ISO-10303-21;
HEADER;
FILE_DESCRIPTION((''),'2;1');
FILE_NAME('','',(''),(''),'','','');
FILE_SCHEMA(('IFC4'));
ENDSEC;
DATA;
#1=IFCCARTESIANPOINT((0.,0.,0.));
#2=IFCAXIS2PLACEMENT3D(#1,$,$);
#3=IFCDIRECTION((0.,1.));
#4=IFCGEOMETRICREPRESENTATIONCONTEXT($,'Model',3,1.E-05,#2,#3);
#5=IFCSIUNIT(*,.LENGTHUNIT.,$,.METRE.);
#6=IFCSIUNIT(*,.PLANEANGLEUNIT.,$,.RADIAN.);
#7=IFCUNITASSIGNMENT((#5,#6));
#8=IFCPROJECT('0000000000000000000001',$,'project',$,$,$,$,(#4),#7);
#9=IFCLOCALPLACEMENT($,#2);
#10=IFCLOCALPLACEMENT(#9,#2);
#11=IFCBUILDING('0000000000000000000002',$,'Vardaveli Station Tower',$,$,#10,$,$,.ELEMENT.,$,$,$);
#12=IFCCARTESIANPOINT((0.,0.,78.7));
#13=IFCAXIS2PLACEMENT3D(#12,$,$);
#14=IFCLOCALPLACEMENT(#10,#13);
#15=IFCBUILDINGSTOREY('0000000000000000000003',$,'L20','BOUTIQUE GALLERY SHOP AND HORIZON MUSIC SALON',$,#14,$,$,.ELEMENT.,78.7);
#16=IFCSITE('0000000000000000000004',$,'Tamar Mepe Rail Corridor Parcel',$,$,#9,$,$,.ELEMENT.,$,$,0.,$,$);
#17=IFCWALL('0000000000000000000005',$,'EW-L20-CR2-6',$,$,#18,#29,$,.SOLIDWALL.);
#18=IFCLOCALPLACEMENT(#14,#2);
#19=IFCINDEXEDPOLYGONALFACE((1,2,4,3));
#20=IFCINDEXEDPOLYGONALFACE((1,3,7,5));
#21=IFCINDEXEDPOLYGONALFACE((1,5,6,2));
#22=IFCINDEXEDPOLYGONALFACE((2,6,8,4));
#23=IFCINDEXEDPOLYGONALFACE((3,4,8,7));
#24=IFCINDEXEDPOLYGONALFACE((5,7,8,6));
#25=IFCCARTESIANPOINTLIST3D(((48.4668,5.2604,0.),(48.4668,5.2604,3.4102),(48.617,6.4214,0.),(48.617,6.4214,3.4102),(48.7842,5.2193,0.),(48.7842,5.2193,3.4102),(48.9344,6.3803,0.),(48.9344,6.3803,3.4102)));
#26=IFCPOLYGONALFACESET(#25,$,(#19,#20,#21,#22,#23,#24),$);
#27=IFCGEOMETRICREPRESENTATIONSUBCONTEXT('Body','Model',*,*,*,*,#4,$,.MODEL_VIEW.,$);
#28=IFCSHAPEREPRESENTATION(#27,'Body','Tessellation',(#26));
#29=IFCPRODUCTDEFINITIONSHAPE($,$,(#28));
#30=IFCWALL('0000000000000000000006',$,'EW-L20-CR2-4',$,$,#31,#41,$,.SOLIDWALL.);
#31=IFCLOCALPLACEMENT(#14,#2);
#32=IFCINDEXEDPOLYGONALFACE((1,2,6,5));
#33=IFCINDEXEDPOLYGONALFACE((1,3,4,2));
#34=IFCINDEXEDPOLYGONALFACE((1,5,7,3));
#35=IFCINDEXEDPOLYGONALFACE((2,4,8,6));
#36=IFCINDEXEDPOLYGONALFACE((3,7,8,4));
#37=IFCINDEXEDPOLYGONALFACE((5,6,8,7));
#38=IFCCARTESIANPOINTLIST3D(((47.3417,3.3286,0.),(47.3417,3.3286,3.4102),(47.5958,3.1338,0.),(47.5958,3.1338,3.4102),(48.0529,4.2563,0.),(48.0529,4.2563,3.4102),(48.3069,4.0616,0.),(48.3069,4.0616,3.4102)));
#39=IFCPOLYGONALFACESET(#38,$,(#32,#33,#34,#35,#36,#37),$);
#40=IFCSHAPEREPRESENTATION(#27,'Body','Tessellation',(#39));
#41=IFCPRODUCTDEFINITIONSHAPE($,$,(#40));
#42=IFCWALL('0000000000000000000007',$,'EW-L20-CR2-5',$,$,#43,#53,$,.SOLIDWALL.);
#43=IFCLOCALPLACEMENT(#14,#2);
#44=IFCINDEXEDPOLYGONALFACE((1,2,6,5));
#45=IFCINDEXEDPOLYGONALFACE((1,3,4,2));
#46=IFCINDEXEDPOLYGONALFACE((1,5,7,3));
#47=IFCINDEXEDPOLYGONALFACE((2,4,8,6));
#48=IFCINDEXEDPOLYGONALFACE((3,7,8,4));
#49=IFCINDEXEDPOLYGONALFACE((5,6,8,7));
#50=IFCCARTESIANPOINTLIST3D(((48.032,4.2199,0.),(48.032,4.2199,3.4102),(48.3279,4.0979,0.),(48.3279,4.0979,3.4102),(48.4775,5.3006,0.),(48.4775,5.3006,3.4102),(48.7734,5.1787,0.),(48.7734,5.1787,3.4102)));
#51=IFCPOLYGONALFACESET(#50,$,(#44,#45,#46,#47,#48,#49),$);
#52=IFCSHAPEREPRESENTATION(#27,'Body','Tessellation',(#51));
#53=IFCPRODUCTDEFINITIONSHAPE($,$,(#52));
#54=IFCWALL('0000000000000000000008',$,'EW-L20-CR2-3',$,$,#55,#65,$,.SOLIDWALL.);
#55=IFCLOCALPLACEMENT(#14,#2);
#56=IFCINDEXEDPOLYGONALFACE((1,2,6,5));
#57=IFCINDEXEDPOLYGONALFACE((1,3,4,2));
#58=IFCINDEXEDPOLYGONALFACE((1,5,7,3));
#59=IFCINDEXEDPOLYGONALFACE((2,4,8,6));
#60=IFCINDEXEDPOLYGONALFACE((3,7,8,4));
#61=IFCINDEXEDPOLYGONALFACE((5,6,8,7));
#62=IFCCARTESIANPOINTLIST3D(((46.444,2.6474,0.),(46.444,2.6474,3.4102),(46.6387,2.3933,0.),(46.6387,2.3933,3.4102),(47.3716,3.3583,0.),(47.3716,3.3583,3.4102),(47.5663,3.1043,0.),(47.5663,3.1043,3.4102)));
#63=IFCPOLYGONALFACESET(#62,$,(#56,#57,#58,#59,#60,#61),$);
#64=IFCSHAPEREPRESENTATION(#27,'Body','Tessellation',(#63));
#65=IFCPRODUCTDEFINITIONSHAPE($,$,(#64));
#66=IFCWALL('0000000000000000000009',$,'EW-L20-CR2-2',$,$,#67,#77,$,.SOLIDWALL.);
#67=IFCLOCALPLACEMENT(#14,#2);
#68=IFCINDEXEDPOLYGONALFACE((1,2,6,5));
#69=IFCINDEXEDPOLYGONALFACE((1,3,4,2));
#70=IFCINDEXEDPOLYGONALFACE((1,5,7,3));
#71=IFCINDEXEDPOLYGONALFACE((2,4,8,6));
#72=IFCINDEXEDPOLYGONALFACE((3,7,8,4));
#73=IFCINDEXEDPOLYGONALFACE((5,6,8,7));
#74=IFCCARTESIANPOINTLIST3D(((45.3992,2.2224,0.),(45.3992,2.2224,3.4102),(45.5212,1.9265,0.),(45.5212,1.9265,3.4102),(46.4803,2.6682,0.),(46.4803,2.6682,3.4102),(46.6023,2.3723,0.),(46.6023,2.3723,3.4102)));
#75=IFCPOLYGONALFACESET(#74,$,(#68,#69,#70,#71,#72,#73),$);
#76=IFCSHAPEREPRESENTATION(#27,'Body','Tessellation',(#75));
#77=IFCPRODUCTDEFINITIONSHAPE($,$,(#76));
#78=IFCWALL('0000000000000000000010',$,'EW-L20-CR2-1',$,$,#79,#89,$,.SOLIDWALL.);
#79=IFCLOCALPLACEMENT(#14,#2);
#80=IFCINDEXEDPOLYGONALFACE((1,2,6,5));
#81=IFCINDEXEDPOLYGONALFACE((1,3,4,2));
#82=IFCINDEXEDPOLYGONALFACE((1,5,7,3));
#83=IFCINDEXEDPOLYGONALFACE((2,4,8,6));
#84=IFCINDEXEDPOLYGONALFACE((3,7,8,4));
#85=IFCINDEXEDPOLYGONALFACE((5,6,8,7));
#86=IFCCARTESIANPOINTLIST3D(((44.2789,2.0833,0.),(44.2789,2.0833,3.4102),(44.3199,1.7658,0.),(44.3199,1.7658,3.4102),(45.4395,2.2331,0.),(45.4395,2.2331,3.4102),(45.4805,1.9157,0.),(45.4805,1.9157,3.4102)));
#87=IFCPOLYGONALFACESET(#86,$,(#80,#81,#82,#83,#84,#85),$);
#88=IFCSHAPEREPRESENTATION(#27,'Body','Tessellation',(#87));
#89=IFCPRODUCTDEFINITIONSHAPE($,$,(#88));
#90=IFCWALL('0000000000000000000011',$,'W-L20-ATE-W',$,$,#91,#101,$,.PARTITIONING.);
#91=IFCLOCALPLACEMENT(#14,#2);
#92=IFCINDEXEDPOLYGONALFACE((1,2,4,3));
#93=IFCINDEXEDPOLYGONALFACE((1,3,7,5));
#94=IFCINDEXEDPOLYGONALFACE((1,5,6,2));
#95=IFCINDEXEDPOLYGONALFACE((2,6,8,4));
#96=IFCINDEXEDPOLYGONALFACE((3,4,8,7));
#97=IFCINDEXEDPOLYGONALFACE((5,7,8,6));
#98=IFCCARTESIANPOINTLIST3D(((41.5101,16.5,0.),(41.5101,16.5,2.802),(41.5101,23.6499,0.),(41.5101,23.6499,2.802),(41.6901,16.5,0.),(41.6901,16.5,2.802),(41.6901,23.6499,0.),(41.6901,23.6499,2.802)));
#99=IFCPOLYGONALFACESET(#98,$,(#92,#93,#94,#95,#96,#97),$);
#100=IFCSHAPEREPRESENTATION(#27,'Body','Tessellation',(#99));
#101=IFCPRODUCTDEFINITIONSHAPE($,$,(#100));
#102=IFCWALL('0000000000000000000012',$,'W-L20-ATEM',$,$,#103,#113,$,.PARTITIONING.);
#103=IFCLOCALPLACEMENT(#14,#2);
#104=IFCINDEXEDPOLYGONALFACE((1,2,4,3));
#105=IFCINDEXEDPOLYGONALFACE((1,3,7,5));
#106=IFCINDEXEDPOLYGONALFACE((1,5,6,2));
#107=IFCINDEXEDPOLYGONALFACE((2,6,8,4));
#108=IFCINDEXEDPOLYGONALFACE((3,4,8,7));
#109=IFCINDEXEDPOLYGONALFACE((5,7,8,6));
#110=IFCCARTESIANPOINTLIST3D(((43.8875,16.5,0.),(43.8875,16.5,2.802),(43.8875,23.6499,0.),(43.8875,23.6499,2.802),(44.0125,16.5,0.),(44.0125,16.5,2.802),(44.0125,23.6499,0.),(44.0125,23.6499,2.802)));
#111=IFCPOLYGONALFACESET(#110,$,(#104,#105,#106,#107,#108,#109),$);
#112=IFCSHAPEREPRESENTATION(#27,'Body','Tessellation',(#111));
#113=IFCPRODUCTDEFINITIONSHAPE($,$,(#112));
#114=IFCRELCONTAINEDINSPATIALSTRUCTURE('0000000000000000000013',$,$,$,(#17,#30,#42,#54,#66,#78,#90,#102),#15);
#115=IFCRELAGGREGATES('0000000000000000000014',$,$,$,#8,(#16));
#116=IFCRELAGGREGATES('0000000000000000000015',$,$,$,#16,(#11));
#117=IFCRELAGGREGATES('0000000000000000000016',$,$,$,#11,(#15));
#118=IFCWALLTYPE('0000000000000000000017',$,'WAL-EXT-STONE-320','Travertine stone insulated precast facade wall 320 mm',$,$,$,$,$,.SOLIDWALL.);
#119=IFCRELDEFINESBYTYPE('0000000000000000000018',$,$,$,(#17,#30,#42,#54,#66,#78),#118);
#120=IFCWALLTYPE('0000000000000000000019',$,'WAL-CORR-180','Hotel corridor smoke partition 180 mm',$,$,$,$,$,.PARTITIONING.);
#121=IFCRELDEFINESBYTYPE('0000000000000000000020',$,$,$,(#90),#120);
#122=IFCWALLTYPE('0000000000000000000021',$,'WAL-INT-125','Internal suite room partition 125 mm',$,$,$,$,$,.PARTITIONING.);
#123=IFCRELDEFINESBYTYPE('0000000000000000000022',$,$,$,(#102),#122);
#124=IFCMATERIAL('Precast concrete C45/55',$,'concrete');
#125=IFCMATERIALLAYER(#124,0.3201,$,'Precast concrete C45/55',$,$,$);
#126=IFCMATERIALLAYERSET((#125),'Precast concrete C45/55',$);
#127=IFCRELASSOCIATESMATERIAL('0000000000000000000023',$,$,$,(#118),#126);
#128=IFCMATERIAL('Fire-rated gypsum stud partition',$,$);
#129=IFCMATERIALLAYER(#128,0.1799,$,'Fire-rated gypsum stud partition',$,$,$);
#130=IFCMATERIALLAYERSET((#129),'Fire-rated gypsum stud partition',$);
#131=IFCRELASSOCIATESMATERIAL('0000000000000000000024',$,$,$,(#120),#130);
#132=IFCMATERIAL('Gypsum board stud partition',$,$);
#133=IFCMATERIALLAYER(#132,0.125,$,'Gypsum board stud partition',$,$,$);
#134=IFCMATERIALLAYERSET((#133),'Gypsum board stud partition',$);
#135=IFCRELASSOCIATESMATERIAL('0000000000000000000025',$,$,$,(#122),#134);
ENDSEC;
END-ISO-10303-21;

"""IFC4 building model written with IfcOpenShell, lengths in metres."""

from ifc_helpers import new_model, si_unit, direction, frame, frame_2d, origin, place, context, subcontext, project, spatial, rectangle, extrude, source, transform, mapped, material, layer, layer_set, type_object, element, save


model = new_model("IFC4")

# Units and contexts
model_context = context("Model", 3, precision=1e-05, world=origin(), true_north=direction((0.0, 1.0)))
body_context = subcontext(model_context, "Body", "Model", "MODEL_VIEW")
ifc_project = project(units=[si_unit("LENGTHUNIT", "METRE"), si_unit("PLANEANGLEUNIT", "RADIAN")], contexts=[model_context])

# Site, building, storey
site_placement = place(None, origin())
site = spatial("IfcSite", under=ifc_project, at=site_placement, Name="Tamar Mepe Rail Corridor Parcel", CompositionType="ELEMENT", RefElevation=0.0)
building_placement = place(site_placement, origin())
building = spatial("IfcBuilding", under=site, at=building_placement, Name="Vardaveli Station Tower", CompositionType="ELEMENT")
storey_placement = place(building_placement, frame((0.0, 0.0, 78.7)))
storey = spatial("IfcBuildingStorey", under=building, at=storey_placement, Name="L20", Description="BOUTIQUE GALLERY SHOP AND HORIZON MUSIC SALON", CompositionType="ELEMENT", Elevation=78.7)

# Shared definitions
ifc_material_1 = material(Name="Precast concrete C45/55", Category="concrete")

# Shared definitions
ifc_layer_1 = layer(ifc_material_1, 0.3201, Name="Precast concrete C45/55")
ifc_layer_set_1 = layer_set([ifc_layer_1], Name="Precast concrete C45/55")
wall_type_1 = type_object("IfcWallType", Name="WAL-EXT-STONE-320", Description="Travertine stone insulated precast facade wall 320 mm", PredefinedType="SOLIDWALL", material=ifc_layer_set_1)

# Walls
shared_shape_1 = source(origin(), body_context, "Body", "SweptSolid", [
    extrude(rectangle(XDim=1.1707, YDim=0.3201, at=frame_2d((0.5854, 0.0))), origin(), (0.0, 0.0, 1.0), 3.4102),
])
wall_1_placement = place(storey_placement, frame((48.6255, 5.2397, 0.0), z_axis=(0.0, 0.0, 1.0), x_axis=(0.128269, 0.991739, 0.0)))
element("IfcWall", 1, at=wall_1_placement, inside=storey, type_object=wall_type_1, Name="EW-L20-CR2-6", PredefinedType="SOLIDWALL", context=body_context, shape_type="MappedRepresentation", body=[
    mapped(shared_shape_1, transform((0.0, 0.0, 0.0), scale=1.0)),
])
shared_shape_2 = source(origin(), body_context, "Body", "SweptSolid", [
    extrude(rectangle(XDim=1.1689, YDim=0.3201, at=frame_2d((0.5845, 0.0))), origin(), (0.0, 0.0, 1.0), 3.4102),
])
for number, where, z_axis, x_axis, name in (
    (2, (47.4688, 3.2312, 0.0), (0.0, 0.0, 1.0), (0.608388, 0.79364, 0.0), "EW-L20-CR2-4"),
    (3, (48.1799, 4.1589, 0.0), (0.0, 0.0, 1.0), (0.381128, 0.924522, 0.0), "EW-L20-CR2-5"),
):
    element("IfcWall", number, at=place(storey_placement, frame(where, z_axis=z_axis, x_axis=x_axis)), inside=storey, type_object=wall_type_1, Name=name, PredefinedType="SOLIDWALL", context=body_context, shape_type="MappedRepresentation", body=[
        mapped(shared_shape_2, transform((0.0, 0.0, 0.0), scale=1.0)),
    ])
shared_shape_3 = source(origin(), body_context, "Body", "SweptSolid", [
    extrude(rectangle(XDim=1.1687, YDim=0.3201, at=frame_2d((0.5845, 0.0))), origin(), (0.0, 0.0, 1.0), 3.4102),
])
wall_2_placement = place(storey_placement, frame((46.5413, 2.5203, 0.0), z_axis=(0.0, 0.0, 1.0), x_axis=(0.793664, 0.608357, 0.0)))
element("IfcWall", 4, at=wall_2_placement, inside=storey, type_object=wall_type_1, Name="EW-L20-CR2-3", PredefinedType="SOLIDWALL", context=body_context, shape_type="MappedRepresentation", body=[
    mapped(shared_shape_3, transform((0.0, 0.0, 0.0), scale=1.0)),
])
shared_shape_4 = source(origin(), body_context, "Body", "SweptSolid", [
    extrude(rectangle(XDim=1.1694, YDim=0.3201, at=frame_2d((0.5847, 0.0))), origin(), (0.0, 0.0, 1.0), 3.4102),
])
wall_3_placement = place(storey_placement, frame((45.4602, 2.0745, 0.0), z_axis=(0.0, 0.0, 1.0), x_axis=(0.924479, 0.381233, 0.0)))
element("IfcWall", 5, at=wall_3_placement, inside=storey, type_object=wall_type_1, Name="EW-L20-CR2-2", PredefinedType="SOLIDWALL", context=body_context, shape_type="MappedRepresentation", body=[
    mapped(shared_shape_4, transform((0.0, 0.0, 0.0), scale=1.0)),
])
shared_shape_5 = source(origin(), body_context, "Body", "SweptSolid", [
    extrude(rectangle(XDim=1.1702, YDim=0.3201, at=frame_2d((0.585, 0.0))), origin(), (0.0, 0.0, 1.0), 3.4102),
])
wall_4_placement = place(storey_placement, frame((44.2996, 1.9246, 0.0), z_axis=(0.0, 0.0, 1.0), x_axis=(0.991762, 0.12809, 0.0)))
element("IfcWall", 6, at=wall_4_placement, inside=storey, type_object=wall_type_1, Name="EW-L20-CR2-1", PredefinedType="SOLIDWALL", context=body_context, shape_type="MappedRepresentation", body=[
    mapped(shared_shape_5, transform((0.0, 0.0, 0.0), scale=1.0)),
])

# Shared definitions
ifc_material_2 = material(Name="Fire-rated gypsum stud partition")
ifc_layer_2 = layer(ifc_material_2, 0.1799, Name="Fire-rated gypsum stud partition")
ifc_layer_set_2 = layer_set([ifc_layer_2], Name="Fire-rated gypsum stud partition")
wall_type_2 = type_object("IfcWallType", Name="WAL-CORR-180", Description="Hotel corridor smoke partition 180 mm", PredefinedType="PARTITIONING", material=ifc_layer_set_2)

# Walls
shared_shape_6 = source(origin(), body_context, "Body", "SweptSolid", [
    extrude(rectangle(XDim=7.1499, YDim=0.1799, at=frame_2d((3.575, 0.0))), origin(), (0.0, 0.0, 1.0), 2.802),
])
wall_5_placement = place(storey_placement, frame((41.6001, 16.5, 0.0), z_axis=(0.0, 0.0, 1.0), x_axis=(0.0, 1.0, 0.0)))
element("IfcWall", 7, at=wall_5_placement, inside=storey, type_object=wall_type_2, Name="W-L20-ATE-W", PredefinedType="PARTITIONING", context=body_context, shape_type="MappedRepresentation", body=[
    mapped(shared_shape_6, transform((0.0, 0.0, 0.0), scale=1.0)),
])
ifc_material_3 = material(Name="Gypsum board stud partition")
ifc_layer_3 = layer(ifc_material_3, 0.125, Name="Gypsum board stud partition")
ifc_layer_set_3 = layer_set([ifc_layer_3], Name="Gypsum board stud partition")
wall_type_3 = type_object("IfcWallType", Name="WAL-INT-125", Description="Internal suite room partition 125 mm", PredefinedType="PARTITIONING", material=ifc_layer_set_3)
shared_shape_7 = source(origin(), body_context, "Body", "SweptSolid", [
    extrude(rectangle(XDim=7.1499, YDim=0.125, at=frame_2d((3.575, 0.0))), origin(), (0.0, 0.0, 1.0), 2.802),
])
wall_6_placement = place(storey_placement, frame((43.95, 16.5, 0.0), z_axis=(0.0, 0.0, 1.0), x_axis=(0.0, 1.0, 0.0)))
element("IfcWall", 8, at=wall_6_placement, inside=storey, type_object=wall_type_3, Name="W-L20-ATEM", PredefinedType="PARTITIONING", context=body_context, shape_type="MappedRepresentation", body=[
    mapped(shared_shape_7, transform((0.0, 0.0, 0.0), scale=1.0)),
])

save(model, "model.ifc")
